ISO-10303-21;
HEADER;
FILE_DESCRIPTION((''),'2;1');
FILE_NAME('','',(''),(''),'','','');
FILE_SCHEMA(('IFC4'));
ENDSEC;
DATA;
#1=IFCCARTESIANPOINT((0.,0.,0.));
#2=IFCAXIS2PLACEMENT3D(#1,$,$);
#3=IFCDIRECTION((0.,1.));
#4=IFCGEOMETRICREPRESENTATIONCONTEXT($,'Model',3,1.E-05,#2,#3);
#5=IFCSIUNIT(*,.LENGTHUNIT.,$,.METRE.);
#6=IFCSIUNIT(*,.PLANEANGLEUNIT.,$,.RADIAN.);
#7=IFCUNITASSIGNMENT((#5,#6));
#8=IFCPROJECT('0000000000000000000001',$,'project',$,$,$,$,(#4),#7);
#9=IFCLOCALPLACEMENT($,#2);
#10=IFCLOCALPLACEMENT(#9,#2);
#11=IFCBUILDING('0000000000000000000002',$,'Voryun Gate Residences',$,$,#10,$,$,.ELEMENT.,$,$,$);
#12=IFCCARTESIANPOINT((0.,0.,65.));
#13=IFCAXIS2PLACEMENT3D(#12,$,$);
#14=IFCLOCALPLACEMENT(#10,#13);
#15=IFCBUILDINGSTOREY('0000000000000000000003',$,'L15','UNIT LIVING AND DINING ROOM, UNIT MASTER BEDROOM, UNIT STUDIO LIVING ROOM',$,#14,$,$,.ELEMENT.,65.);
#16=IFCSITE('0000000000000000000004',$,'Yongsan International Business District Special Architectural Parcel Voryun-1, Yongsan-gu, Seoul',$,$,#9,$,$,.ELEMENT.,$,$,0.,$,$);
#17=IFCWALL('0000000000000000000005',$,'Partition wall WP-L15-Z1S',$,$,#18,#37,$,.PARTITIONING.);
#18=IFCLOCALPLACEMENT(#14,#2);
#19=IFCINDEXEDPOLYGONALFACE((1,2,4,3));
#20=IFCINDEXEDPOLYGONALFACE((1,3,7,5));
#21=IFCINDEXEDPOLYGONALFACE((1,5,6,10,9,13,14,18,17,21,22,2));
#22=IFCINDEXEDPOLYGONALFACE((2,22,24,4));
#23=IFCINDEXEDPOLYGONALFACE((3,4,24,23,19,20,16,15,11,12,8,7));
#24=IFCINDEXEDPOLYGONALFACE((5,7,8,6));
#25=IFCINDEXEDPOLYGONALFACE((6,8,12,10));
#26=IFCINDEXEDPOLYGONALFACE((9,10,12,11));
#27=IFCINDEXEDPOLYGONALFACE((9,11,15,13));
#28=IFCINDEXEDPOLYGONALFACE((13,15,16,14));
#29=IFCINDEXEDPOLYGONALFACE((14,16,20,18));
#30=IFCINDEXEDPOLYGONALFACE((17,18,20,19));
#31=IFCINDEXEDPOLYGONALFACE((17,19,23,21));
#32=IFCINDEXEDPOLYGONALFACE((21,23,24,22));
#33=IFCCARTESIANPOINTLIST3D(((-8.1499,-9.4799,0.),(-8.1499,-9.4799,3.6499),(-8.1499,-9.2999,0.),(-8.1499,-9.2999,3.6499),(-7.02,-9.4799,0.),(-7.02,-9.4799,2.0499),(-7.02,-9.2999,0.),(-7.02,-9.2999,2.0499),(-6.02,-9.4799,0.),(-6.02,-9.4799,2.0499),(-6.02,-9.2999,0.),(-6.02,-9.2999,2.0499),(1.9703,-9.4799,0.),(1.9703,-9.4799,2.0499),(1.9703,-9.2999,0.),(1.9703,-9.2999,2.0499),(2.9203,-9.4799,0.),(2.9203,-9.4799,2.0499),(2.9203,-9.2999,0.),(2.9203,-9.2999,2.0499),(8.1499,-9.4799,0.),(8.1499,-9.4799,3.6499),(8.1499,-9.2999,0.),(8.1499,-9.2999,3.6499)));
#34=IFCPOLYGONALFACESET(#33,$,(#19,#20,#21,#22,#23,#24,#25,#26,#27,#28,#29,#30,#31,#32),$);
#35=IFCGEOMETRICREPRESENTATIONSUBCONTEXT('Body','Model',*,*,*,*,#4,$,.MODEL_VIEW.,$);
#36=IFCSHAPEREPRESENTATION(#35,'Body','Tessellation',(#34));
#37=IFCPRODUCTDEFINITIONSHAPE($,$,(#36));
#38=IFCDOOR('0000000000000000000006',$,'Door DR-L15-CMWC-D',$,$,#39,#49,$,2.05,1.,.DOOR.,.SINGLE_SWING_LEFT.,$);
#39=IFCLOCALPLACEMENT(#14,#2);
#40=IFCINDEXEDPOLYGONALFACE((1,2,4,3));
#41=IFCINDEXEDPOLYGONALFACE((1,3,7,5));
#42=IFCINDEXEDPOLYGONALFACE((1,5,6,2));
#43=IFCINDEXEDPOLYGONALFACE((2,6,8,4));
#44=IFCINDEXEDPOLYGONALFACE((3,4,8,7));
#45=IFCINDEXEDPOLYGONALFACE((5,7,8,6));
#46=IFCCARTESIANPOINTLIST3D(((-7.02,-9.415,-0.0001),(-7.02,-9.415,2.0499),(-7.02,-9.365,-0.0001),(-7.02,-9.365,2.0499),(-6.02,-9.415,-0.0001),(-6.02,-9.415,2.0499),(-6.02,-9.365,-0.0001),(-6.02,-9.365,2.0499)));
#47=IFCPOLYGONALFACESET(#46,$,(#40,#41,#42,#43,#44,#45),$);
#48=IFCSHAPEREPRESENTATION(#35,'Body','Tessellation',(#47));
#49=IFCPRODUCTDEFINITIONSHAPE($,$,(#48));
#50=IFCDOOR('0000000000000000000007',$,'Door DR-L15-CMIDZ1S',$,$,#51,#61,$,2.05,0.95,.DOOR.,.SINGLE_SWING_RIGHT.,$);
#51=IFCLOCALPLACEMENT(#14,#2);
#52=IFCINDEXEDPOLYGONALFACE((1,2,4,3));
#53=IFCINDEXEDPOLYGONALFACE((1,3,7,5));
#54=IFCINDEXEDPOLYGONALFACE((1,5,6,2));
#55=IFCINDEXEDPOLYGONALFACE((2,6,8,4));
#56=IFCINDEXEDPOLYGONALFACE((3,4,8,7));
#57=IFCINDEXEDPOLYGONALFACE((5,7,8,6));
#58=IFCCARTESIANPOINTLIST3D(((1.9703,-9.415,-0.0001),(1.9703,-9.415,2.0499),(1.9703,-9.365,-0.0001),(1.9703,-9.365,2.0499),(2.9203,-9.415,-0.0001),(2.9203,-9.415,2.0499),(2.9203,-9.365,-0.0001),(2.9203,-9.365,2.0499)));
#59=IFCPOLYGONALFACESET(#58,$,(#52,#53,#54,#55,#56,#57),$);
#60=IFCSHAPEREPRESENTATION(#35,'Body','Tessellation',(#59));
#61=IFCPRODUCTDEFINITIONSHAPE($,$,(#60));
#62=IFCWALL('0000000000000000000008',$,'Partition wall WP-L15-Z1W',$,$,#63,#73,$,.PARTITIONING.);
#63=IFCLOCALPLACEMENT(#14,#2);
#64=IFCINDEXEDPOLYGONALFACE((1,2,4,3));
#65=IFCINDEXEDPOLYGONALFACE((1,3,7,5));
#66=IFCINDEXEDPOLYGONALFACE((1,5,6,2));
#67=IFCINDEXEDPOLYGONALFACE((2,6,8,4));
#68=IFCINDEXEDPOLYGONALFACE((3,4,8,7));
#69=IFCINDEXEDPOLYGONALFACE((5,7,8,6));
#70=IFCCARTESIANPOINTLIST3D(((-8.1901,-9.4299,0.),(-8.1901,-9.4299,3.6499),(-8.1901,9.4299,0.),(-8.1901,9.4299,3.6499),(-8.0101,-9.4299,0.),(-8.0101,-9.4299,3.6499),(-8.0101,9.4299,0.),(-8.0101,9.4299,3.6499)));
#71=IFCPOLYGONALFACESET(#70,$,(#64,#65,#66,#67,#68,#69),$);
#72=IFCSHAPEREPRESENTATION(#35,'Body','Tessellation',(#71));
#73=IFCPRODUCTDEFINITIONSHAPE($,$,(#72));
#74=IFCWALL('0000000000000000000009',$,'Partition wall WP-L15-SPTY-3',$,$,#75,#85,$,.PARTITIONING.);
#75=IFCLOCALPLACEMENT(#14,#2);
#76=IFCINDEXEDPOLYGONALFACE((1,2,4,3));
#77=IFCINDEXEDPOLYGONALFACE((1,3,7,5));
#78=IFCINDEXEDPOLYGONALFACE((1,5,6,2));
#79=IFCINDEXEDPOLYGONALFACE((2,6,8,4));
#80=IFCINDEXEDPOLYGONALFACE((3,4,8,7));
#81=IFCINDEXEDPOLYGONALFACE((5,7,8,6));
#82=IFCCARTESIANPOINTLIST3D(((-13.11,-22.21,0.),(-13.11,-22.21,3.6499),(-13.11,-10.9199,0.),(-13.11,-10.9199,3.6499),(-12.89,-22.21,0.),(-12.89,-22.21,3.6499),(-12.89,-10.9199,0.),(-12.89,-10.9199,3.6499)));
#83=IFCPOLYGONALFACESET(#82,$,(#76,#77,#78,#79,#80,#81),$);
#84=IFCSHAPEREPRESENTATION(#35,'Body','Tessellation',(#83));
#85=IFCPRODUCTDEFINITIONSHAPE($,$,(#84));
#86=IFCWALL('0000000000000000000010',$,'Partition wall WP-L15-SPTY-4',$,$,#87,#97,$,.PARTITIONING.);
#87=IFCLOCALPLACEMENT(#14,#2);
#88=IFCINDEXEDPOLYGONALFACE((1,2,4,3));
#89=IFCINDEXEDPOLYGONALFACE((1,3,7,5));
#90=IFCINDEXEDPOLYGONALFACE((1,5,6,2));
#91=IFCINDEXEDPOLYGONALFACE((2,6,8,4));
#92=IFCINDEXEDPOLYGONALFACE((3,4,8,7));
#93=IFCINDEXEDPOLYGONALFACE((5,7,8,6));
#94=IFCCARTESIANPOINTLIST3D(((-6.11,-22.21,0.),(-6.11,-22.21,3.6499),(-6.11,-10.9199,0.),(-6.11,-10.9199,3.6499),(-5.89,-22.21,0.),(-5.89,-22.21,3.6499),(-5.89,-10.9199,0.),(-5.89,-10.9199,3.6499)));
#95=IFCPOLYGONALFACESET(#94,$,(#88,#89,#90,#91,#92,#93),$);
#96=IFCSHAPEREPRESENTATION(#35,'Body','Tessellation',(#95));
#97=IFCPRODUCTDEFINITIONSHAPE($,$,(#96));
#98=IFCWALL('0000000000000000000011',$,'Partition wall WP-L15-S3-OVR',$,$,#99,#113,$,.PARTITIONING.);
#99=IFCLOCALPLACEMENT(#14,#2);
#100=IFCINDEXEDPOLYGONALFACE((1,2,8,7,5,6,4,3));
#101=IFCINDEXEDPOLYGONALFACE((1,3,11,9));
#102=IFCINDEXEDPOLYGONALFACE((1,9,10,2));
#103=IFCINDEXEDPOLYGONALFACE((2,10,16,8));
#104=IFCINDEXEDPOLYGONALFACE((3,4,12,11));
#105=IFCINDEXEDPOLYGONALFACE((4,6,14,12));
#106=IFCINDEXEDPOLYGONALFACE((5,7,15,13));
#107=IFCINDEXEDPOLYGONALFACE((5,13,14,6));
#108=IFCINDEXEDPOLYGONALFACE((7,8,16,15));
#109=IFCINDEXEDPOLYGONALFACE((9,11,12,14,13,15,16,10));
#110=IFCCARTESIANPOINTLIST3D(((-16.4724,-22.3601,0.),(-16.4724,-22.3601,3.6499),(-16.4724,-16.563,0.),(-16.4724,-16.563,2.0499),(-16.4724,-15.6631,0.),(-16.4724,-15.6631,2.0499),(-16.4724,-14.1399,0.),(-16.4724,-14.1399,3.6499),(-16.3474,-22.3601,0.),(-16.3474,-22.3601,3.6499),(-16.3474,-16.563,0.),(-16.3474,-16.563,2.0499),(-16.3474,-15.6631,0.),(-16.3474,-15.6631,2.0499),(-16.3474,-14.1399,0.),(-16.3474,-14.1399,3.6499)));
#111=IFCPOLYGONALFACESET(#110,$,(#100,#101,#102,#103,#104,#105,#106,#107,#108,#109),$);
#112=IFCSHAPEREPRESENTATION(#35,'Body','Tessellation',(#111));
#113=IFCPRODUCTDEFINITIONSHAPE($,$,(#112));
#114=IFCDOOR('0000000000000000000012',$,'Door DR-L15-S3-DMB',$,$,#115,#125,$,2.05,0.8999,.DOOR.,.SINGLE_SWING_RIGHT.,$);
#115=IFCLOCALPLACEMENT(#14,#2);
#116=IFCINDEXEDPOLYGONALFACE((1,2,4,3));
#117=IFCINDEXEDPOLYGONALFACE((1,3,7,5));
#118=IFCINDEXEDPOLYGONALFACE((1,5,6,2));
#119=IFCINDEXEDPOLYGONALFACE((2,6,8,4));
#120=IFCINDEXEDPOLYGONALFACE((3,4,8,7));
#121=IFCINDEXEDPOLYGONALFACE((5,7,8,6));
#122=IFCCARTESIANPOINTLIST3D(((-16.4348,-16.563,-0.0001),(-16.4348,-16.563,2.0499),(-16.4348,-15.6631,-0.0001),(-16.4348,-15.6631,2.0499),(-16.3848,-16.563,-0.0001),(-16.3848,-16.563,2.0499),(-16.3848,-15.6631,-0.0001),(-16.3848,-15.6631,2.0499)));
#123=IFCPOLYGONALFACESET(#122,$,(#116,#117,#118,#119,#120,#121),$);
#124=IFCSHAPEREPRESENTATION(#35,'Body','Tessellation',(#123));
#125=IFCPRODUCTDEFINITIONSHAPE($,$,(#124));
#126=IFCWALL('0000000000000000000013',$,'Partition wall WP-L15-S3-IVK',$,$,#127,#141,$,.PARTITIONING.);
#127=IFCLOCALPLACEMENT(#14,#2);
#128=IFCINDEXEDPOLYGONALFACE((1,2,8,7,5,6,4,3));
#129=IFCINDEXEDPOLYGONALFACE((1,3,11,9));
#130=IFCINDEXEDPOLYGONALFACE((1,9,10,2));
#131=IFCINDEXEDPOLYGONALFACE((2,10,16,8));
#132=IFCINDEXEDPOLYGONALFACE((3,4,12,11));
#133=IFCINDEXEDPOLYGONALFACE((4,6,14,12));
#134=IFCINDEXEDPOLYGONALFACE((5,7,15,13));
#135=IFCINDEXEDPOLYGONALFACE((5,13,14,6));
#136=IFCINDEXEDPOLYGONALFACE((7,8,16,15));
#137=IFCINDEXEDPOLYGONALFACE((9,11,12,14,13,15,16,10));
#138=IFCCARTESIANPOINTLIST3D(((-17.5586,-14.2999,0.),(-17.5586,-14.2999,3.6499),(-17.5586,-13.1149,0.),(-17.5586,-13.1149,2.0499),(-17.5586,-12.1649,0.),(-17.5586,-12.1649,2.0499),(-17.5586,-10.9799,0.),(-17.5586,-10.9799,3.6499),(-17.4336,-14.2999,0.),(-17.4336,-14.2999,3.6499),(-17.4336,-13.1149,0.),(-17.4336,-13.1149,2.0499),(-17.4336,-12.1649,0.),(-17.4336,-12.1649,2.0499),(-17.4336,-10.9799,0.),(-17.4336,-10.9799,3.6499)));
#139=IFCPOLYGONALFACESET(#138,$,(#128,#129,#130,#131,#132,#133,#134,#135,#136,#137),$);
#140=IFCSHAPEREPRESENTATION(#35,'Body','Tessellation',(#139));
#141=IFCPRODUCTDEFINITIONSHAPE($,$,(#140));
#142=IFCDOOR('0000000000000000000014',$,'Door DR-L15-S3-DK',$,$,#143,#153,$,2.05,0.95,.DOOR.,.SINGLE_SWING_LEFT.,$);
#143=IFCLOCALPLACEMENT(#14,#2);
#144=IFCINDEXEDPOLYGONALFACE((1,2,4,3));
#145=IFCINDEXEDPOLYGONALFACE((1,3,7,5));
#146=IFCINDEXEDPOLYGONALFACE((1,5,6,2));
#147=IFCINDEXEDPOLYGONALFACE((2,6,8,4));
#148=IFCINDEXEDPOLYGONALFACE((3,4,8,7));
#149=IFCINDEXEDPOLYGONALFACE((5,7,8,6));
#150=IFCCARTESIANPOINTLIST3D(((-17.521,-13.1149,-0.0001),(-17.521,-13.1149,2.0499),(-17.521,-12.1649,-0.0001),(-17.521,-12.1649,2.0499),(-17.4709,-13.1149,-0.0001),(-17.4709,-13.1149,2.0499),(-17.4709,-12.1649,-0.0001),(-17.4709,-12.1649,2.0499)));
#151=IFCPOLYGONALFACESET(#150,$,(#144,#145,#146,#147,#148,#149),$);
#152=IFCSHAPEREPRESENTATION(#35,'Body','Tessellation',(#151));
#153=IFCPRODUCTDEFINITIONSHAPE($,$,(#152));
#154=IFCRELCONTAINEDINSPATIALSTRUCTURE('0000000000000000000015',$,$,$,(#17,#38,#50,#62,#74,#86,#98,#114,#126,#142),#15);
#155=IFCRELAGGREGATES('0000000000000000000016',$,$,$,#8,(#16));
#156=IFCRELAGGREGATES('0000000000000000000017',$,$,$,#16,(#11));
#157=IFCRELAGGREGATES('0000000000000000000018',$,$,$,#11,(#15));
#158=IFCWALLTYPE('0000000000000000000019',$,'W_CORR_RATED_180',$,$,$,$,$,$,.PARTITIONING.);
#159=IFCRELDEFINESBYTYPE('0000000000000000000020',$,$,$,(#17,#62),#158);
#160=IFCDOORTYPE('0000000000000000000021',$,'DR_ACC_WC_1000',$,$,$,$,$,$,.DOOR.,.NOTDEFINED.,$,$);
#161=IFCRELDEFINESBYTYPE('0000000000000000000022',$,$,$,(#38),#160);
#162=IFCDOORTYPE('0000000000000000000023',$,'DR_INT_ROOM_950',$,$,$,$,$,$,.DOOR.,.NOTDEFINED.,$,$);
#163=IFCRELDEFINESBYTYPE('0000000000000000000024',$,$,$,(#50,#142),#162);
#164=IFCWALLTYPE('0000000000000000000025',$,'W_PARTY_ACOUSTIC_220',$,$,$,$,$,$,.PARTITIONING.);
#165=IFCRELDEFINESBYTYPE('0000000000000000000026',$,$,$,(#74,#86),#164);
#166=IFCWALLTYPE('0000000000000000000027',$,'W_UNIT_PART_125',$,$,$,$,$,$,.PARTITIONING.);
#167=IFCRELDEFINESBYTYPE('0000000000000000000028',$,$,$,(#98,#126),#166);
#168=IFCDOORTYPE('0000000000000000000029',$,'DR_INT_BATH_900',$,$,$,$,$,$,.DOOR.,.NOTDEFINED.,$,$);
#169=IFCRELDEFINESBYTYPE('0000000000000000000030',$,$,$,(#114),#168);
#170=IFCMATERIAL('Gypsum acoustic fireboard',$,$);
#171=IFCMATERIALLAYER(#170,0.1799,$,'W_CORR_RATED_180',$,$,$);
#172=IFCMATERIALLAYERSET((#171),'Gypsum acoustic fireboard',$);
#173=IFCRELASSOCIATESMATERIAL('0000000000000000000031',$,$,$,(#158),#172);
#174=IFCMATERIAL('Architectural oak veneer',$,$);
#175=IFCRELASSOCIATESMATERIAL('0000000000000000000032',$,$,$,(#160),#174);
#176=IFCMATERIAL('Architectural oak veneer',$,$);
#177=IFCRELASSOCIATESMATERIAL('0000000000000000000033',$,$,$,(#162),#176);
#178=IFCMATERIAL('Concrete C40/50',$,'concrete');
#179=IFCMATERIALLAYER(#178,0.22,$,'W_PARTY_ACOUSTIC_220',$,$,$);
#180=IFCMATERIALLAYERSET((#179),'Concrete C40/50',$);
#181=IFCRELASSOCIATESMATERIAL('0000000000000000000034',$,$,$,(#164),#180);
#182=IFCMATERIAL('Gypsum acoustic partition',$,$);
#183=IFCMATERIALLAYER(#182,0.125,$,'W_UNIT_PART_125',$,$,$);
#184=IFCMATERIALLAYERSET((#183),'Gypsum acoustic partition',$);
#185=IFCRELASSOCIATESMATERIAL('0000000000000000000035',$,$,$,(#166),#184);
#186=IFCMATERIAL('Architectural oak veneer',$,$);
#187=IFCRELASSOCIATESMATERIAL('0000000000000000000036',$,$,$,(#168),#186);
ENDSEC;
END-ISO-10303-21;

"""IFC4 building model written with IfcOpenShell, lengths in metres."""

from ifc_helpers import new_model, si_unit, direction, frame, frame_2d, origin, place, context, subcontext, project, spatial, rectangle, extrude, material, layer, layer_set, type_object, element, fill, save


model = new_model("IFC4")

# Units and contexts
model_context = context("Model", 3, precision=1e-05, world=origin(), true_north=direction((0.0, 1.0)))
body_context = subcontext(model_context, "Body", "Model", "MODEL_VIEW")
ifc_project = project(units=[si_unit("LENGTHUNIT", "METRE"), si_unit("PLANEANGLEUNIT", "RADIAN")], contexts=[model_context])

# Site, building, storey
site_placement = place(None, origin())
site = spatial("IfcSite", under=ifc_project, at=site_placement, Name="Yongsan International Business District Special Architectural Parcel Voryun-1, Yongsan-gu, Seoul", CompositionType="ELEMENT", RefElevation=0.0)
building_placement = place(site_placement, origin())
building = spatial("IfcBuilding", under=site, at=building_placement, Name="Voryun Gate Residences", CompositionType="ELEMENT")
storey_placement = place(building_placement, frame((0.0, 0.0, 65.0)))
storey = spatial("IfcBuildingStorey", under=building, at=storey_placement, Name="L15", Description="UNIT LIVING AND DINING ROOM, UNIT MASTER BEDROOM, UNIT STUDIO LIVING ROOM", CompositionType="ELEMENT", Elevation=65.0)

# Shared definitions
ifc_material_1 = material(Name="Gypsum acoustic fireboard")
ifc_layer_1 = layer(ifc_material_1, 0.1799, Name="W_CORR_RATED_180")
ifc_layer_set_1 = layer_set([ifc_layer_1], Name="Gypsum acoustic fireboard")
wall_type_1 = type_object("IfcWallType", Name="W_CORR_RATED_180", PredefinedType="PARTITIONING", material=ifc_layer_set_1)

# Wall, openings, doors
wall_1_placement = place(storey_placement, frame((-8.1499, -9.3899, 0.0), z_axis=(0.0, 0.0, 1.0), x_axis=(1.0, 0.0, 0.0)))
wall_1 = element("IfcWall", 1, at=wall_1_placement, inside=storey, type_object=wall_type_1, Name="Partition wall WP-L15-Z1S", PredefinedType="PARTITIONING", context=body_context, shape_type="SweptSolid", body=[
    extrude(rectangle(XDim=16.2998, YDim=0.1799, at=frame_2d((8.1499, 0.0))), origin(), (0.0, 0.0, 1.0), 3.6499),
])
opening_1_placement = place(wall_1_placement, frame((1.1299, 0.0, 0.0)))
opening_1 = element("IfcOpeningElement", 2, at=opening_1_placement, cuts=wall_1, PredefinedType="OPENING", context=body_context, shape_type="SweptSolid", body=[
    extrude(rectangle(XDim=1.0, YDim=2.05, at=frame_2d((0.5, 1.0249))), frame((0.0, 0.0999, 0.0), z_axis=(0.0, -1.0, 0.0), x_axis=(1.0, 0.0, 0.0)), (0.0, 0.0, 1.0), 0.2),
])
opening_2_placement = place(wall_1_placement, frame((10.1201, 0.0, 0.0)))
opening_2 = element("IfcOpeningElement", 3, at=opening_2_placement, cuts=wall_1, PredefinedType="OPENING", context=body_context, shape_type="SweptSolid", body=[
    extrude(rectangle(XDim=0.95, YDim=2.05, at=frame_2d((0.4751, 1.0249))), frame((0.0, 0.0999, 0.0), z_axis=(0.0, -1.0, 0.0), x_axis=(1.0, 0.0, 0.0)), (0.0, 0.0, 1.0), 0.2),
])
ifc_material_2 = material(Name="Architectural oak veneer")
door_type_1 = type_object("IfcDoorType", Name="DR_ACC_WC_1000", OperationType="NOTDEFINED", PredefinedType="DOOR", material=ifc_material_2)
door_1_placement = place(opening_1_placement, origin())
door_1 = element("IfcDoor", 4, at=door_1_placement, inside=storey, type_object=door_type_1, Name="Door DR-L15-CMWC-D", OperationType="SINGLE_SWING_LEFT", OverallHeight=2.05, OverallWidth=1.0, PredefinedType="DOOR", context=body_context, shape_type="SweptSolid", body=[
    extrude(rectangle(XDim=1.0, YDim=2.05, at=frame_2d((0.5, 1.0249))), frame((0.0, 0.0249, 0.0), z_axis=(0.0, -1.0, 0.0), x_axis=(1.0, 0.0, 0.0)), (0.0, 0.0, 1.0), 0.05),
])
fill(opening_1, door_1)
ifc_material_3 = material(Name="Architectural oak veneer")
door_type_2 = type_object("IfcDoorType", Name="DR_INT_ROOM_950", OperationType="NOTDEFINED", PredefinedType="DOOR", material=ifc_material_3)
door_2_placement = place(opening_2_placement, origin())
door_2 = element("IfcDoor", 5, at=door_2_placement, inside=storey, type_object=door_type_2, Name="Door DR-L15-CMIDZ1S", OperationType="SINGLE_SWING_RIGHT", OverallHeight=2.05, OverallWidth=0.95, PredefinedType="DOOR", context=body_context, shape_type="SweptSolid", body=[
    extrude(rectangle(XDim=0.95, YDim=2.05, at=frame_2d((0.4751, 1.0249))), frame((0.0, 0.0249, 0.0), z_axis=(0.0, -1.0, 0.0), x_axis=(1.0, 0.0, 0.0)), (0.0, 0.0, 1.0), 0.05),
])
fill(opening_2, door_2)

# Walls
wall_2_placement = place(storey_placement, frame((-8.1001, -9.4299, 0.0), z_axis=(0.0, 0.0, 1.0), x_axis=(0.0, 1.0, 0.0)))
element("IfcWall", 6, at=wall_2_placement, inside=storey, type_object=wall_type_1, Name="Partition wall WP-L15-Z1W", PredefinedType="PARTITIONING", context=body_context, shape_type="SweptSolid", body=[
    extrude(rectangle(XDim=18.8599, YDim=0.1799, at=frame_2d((9.4299, 0.0))), origin(), (0.0, 0.0, 1.0), 3.6499),
])
ifc_material_4 = material(Name="Concrete C40/50", Category="concrete")
ifc_layer_2 = layer(ifc_material_4, 0.22, Name="W_PARTY_ACOUSTIC_220")
ifc_layer_set_2 = layer_set([ifc_layer_2], Name="Concrete C40/50")
wall_type_2 = type_object("IfcWallType", Name="W_PARTY_ACOUSTIC_220", PredefinedType="PARTITIONING", material=ifc_layer_set_2)
for number, where, z_axis, x_axis, name in (
    (7, (-13.0, -22.21, 0.0), (0.0, 0.0, 1.0), (0.0, 1.0, 0.0), "Partition wall WP-L15-SPTY-3"),
    (8, (-6.0, -22.21, 0.0), (0.0, 0.0, 1.0), (0.0, 1.0, 0.0), "Partition wall WP-L15-SPTY-4"),
):
    element("IfcWall", number, at=place(storey_placement, frame(where, z_axis=z_axis, x_axis=x_axis)), inside=storey, type_object=wall_type_2, Name=name, PredefinedType="PARTITIONING", context=body_context, shape_type="SweptSolid", body=[
        extrude(rectangle(XDim=11.29, YDim=0.22, at=frame_2d((5.645, 0.0))), origin(), (0.0, 0.0, 1.0), 3.6499),
    ])

# Walls, openings, doors
ifc_material_5 = material(Name="Gypsum acoustic partition")
ifc_layer_3 = layer(ifc_material_5, 0.125, Name="W_UNIT_PART_125")
ifc_layer_set_3 = layer_set([ifc_layer_3], Name="Gypsum acoustic partition")
wall_type_3 = type_object("IfcWallType", Name="W_UNIT_PART_125", PredefinedType="PARTITIONING", material=ifc_layer_set_3)
wall_3_placement = place(storey_placement, frame((-16.4099, -22.3601, 0.0), z_axis=(0.0, 0.0, 1.0), x_axis=(0.0, 1.0, 0.0)))
wall_3 = element("IfcWall", 9, at=wall_3_placement, inside=storey, type_object=wall_type_3, Name="Partition wall WP-L15-S3-OVR", PredefinedType="PARTITIONING", context=body_context, shape_type="SweptSolid", body=[
    extrude(rectangle(XDim=8.2202, YDim=0.125, at=frame_2d((4.1101, 0.0))), origin(), (0.0, 0.0, 1.0), 3.6499),
])
opening_3_placement = place(wall_3_placement, frame((5.7971, 0.0, 0.0)))
opening_3 = element("IfcOpeningElement", 10, at=opening_3_placement, cuts=wall_3, PredefinedType="OPENING", context=body_context, shape_type="SweptSolid", body=[
    extrude(rectangle(XDim=0.8999, YDim=2.05, at=frame_2d((0.45, 1.0249))), frame((0.0, 0.0725, 0.0), z_axis=(0.0, -1.0, 0.0), x_axis=(1.0, 0.0, 0.0)), (0.0, 0.0, 1.0), 0.145),
])
ifc_material_6 = material(Name="Architectural oak veneer")
door_type_3 = type_object("IfcDoorType", Name="DR_INT_BATH_900", OperationType="NOTDEFINED", PredefinedType="DOOR", material=ifc_material_6)
door_3_placement = place(opening_3_placement, origin())
door_3 = element("IfcDoor", 11, at=door_3_placement, inside=storey, type_object=door_type_3, Name="Door DR-L15-S3-DMB", OperationType="SINGLE_SWING_RIGHT", OverallHeight=2.05, OverallWidth=0.8999, PredefinedType="DOOR", context=body_context, shape_type="SweptSolid", body=[
    extrude(rectangle(XDim=0.8999, YDim=2.05, at=frame_2d((0.45, 1.0249))), frame((0.0, 0.0249, 0.0), z_axis=(0.0, -1.0, 0.0), x_axis=(1.0, 0.0, 0.0)), (0.0, 0.0, 1.0), 0.05),
])
fill(opening_3, door_3)
wall_4_placement = place(storey_placement, frame((-17.4961, -14.3, 0.0), z_axis=(0.0, 0.0, 1.0), x_axis=(0.0, 1.0, 0.0)))
wall_4 = element("IfcWall", 12, at=wall_4_placement, inside=storey, type_object=wall_type_3, Name="Partition wall WP-L15-S3-IVK", PredefinedType="PARTITIONING", context=body_context, shape_type="SweptSolid", body=[
    extrude(rectangle(XDim=3.3201, YDim=0.125, at=frame_2d((1.6602, 0.0))), origin(), (0.0, 0.0, 1.0), 3.6499),
])
opening_4_placement = place(wall_4_placement, frame((1.1851, 0.0, 0.0)))
opening_4 = element("IfcOpeningElement", 13, at=opening_4_placement, cuts=wall_4, PredefinedType="OPENING", context=body_context, shape_type="SweptSolid", body=[
    extrude(rectangle(XDim=0.95, YDim=2.05, at=frame_2d((0.4751, 1.0249))), frame((0.0, 0.0725, 0.0), z_axis=(0.0, -1.0, 0.0), x_axis=(1.0, 0.0, 0.0)), (0.0, 0.0, 1.0), 0.145),
])
door_4_placement = place(opening_4_placement, origin())
door_4 = element("IfcDoor", 14, at=door_4_placement, inside=storey, type_object=door_type_2, Name="Door DR-L15-S3-DK", OperationType="SINGLE_SWING_LEFT", OverallHeight=2.05, OverallWidth=0.95, PredefinedType="DOOR", context=body_context, shape_type="SweptSolid", body=[
    extrude(rectangle(XDim=0.95, YDim=2.05, at=frame_2d((0.4751, 1.0249))), frame((0.0, 0.0249, 0.0), z_axis=(0.0, -1.0, 0.0), x_axis=(1.0, 0.0, 0.0)), (0.0, 0.0, 1.0), 0.05),
])
fill(opening_4, door_4)

save(model, "model.ifc")
